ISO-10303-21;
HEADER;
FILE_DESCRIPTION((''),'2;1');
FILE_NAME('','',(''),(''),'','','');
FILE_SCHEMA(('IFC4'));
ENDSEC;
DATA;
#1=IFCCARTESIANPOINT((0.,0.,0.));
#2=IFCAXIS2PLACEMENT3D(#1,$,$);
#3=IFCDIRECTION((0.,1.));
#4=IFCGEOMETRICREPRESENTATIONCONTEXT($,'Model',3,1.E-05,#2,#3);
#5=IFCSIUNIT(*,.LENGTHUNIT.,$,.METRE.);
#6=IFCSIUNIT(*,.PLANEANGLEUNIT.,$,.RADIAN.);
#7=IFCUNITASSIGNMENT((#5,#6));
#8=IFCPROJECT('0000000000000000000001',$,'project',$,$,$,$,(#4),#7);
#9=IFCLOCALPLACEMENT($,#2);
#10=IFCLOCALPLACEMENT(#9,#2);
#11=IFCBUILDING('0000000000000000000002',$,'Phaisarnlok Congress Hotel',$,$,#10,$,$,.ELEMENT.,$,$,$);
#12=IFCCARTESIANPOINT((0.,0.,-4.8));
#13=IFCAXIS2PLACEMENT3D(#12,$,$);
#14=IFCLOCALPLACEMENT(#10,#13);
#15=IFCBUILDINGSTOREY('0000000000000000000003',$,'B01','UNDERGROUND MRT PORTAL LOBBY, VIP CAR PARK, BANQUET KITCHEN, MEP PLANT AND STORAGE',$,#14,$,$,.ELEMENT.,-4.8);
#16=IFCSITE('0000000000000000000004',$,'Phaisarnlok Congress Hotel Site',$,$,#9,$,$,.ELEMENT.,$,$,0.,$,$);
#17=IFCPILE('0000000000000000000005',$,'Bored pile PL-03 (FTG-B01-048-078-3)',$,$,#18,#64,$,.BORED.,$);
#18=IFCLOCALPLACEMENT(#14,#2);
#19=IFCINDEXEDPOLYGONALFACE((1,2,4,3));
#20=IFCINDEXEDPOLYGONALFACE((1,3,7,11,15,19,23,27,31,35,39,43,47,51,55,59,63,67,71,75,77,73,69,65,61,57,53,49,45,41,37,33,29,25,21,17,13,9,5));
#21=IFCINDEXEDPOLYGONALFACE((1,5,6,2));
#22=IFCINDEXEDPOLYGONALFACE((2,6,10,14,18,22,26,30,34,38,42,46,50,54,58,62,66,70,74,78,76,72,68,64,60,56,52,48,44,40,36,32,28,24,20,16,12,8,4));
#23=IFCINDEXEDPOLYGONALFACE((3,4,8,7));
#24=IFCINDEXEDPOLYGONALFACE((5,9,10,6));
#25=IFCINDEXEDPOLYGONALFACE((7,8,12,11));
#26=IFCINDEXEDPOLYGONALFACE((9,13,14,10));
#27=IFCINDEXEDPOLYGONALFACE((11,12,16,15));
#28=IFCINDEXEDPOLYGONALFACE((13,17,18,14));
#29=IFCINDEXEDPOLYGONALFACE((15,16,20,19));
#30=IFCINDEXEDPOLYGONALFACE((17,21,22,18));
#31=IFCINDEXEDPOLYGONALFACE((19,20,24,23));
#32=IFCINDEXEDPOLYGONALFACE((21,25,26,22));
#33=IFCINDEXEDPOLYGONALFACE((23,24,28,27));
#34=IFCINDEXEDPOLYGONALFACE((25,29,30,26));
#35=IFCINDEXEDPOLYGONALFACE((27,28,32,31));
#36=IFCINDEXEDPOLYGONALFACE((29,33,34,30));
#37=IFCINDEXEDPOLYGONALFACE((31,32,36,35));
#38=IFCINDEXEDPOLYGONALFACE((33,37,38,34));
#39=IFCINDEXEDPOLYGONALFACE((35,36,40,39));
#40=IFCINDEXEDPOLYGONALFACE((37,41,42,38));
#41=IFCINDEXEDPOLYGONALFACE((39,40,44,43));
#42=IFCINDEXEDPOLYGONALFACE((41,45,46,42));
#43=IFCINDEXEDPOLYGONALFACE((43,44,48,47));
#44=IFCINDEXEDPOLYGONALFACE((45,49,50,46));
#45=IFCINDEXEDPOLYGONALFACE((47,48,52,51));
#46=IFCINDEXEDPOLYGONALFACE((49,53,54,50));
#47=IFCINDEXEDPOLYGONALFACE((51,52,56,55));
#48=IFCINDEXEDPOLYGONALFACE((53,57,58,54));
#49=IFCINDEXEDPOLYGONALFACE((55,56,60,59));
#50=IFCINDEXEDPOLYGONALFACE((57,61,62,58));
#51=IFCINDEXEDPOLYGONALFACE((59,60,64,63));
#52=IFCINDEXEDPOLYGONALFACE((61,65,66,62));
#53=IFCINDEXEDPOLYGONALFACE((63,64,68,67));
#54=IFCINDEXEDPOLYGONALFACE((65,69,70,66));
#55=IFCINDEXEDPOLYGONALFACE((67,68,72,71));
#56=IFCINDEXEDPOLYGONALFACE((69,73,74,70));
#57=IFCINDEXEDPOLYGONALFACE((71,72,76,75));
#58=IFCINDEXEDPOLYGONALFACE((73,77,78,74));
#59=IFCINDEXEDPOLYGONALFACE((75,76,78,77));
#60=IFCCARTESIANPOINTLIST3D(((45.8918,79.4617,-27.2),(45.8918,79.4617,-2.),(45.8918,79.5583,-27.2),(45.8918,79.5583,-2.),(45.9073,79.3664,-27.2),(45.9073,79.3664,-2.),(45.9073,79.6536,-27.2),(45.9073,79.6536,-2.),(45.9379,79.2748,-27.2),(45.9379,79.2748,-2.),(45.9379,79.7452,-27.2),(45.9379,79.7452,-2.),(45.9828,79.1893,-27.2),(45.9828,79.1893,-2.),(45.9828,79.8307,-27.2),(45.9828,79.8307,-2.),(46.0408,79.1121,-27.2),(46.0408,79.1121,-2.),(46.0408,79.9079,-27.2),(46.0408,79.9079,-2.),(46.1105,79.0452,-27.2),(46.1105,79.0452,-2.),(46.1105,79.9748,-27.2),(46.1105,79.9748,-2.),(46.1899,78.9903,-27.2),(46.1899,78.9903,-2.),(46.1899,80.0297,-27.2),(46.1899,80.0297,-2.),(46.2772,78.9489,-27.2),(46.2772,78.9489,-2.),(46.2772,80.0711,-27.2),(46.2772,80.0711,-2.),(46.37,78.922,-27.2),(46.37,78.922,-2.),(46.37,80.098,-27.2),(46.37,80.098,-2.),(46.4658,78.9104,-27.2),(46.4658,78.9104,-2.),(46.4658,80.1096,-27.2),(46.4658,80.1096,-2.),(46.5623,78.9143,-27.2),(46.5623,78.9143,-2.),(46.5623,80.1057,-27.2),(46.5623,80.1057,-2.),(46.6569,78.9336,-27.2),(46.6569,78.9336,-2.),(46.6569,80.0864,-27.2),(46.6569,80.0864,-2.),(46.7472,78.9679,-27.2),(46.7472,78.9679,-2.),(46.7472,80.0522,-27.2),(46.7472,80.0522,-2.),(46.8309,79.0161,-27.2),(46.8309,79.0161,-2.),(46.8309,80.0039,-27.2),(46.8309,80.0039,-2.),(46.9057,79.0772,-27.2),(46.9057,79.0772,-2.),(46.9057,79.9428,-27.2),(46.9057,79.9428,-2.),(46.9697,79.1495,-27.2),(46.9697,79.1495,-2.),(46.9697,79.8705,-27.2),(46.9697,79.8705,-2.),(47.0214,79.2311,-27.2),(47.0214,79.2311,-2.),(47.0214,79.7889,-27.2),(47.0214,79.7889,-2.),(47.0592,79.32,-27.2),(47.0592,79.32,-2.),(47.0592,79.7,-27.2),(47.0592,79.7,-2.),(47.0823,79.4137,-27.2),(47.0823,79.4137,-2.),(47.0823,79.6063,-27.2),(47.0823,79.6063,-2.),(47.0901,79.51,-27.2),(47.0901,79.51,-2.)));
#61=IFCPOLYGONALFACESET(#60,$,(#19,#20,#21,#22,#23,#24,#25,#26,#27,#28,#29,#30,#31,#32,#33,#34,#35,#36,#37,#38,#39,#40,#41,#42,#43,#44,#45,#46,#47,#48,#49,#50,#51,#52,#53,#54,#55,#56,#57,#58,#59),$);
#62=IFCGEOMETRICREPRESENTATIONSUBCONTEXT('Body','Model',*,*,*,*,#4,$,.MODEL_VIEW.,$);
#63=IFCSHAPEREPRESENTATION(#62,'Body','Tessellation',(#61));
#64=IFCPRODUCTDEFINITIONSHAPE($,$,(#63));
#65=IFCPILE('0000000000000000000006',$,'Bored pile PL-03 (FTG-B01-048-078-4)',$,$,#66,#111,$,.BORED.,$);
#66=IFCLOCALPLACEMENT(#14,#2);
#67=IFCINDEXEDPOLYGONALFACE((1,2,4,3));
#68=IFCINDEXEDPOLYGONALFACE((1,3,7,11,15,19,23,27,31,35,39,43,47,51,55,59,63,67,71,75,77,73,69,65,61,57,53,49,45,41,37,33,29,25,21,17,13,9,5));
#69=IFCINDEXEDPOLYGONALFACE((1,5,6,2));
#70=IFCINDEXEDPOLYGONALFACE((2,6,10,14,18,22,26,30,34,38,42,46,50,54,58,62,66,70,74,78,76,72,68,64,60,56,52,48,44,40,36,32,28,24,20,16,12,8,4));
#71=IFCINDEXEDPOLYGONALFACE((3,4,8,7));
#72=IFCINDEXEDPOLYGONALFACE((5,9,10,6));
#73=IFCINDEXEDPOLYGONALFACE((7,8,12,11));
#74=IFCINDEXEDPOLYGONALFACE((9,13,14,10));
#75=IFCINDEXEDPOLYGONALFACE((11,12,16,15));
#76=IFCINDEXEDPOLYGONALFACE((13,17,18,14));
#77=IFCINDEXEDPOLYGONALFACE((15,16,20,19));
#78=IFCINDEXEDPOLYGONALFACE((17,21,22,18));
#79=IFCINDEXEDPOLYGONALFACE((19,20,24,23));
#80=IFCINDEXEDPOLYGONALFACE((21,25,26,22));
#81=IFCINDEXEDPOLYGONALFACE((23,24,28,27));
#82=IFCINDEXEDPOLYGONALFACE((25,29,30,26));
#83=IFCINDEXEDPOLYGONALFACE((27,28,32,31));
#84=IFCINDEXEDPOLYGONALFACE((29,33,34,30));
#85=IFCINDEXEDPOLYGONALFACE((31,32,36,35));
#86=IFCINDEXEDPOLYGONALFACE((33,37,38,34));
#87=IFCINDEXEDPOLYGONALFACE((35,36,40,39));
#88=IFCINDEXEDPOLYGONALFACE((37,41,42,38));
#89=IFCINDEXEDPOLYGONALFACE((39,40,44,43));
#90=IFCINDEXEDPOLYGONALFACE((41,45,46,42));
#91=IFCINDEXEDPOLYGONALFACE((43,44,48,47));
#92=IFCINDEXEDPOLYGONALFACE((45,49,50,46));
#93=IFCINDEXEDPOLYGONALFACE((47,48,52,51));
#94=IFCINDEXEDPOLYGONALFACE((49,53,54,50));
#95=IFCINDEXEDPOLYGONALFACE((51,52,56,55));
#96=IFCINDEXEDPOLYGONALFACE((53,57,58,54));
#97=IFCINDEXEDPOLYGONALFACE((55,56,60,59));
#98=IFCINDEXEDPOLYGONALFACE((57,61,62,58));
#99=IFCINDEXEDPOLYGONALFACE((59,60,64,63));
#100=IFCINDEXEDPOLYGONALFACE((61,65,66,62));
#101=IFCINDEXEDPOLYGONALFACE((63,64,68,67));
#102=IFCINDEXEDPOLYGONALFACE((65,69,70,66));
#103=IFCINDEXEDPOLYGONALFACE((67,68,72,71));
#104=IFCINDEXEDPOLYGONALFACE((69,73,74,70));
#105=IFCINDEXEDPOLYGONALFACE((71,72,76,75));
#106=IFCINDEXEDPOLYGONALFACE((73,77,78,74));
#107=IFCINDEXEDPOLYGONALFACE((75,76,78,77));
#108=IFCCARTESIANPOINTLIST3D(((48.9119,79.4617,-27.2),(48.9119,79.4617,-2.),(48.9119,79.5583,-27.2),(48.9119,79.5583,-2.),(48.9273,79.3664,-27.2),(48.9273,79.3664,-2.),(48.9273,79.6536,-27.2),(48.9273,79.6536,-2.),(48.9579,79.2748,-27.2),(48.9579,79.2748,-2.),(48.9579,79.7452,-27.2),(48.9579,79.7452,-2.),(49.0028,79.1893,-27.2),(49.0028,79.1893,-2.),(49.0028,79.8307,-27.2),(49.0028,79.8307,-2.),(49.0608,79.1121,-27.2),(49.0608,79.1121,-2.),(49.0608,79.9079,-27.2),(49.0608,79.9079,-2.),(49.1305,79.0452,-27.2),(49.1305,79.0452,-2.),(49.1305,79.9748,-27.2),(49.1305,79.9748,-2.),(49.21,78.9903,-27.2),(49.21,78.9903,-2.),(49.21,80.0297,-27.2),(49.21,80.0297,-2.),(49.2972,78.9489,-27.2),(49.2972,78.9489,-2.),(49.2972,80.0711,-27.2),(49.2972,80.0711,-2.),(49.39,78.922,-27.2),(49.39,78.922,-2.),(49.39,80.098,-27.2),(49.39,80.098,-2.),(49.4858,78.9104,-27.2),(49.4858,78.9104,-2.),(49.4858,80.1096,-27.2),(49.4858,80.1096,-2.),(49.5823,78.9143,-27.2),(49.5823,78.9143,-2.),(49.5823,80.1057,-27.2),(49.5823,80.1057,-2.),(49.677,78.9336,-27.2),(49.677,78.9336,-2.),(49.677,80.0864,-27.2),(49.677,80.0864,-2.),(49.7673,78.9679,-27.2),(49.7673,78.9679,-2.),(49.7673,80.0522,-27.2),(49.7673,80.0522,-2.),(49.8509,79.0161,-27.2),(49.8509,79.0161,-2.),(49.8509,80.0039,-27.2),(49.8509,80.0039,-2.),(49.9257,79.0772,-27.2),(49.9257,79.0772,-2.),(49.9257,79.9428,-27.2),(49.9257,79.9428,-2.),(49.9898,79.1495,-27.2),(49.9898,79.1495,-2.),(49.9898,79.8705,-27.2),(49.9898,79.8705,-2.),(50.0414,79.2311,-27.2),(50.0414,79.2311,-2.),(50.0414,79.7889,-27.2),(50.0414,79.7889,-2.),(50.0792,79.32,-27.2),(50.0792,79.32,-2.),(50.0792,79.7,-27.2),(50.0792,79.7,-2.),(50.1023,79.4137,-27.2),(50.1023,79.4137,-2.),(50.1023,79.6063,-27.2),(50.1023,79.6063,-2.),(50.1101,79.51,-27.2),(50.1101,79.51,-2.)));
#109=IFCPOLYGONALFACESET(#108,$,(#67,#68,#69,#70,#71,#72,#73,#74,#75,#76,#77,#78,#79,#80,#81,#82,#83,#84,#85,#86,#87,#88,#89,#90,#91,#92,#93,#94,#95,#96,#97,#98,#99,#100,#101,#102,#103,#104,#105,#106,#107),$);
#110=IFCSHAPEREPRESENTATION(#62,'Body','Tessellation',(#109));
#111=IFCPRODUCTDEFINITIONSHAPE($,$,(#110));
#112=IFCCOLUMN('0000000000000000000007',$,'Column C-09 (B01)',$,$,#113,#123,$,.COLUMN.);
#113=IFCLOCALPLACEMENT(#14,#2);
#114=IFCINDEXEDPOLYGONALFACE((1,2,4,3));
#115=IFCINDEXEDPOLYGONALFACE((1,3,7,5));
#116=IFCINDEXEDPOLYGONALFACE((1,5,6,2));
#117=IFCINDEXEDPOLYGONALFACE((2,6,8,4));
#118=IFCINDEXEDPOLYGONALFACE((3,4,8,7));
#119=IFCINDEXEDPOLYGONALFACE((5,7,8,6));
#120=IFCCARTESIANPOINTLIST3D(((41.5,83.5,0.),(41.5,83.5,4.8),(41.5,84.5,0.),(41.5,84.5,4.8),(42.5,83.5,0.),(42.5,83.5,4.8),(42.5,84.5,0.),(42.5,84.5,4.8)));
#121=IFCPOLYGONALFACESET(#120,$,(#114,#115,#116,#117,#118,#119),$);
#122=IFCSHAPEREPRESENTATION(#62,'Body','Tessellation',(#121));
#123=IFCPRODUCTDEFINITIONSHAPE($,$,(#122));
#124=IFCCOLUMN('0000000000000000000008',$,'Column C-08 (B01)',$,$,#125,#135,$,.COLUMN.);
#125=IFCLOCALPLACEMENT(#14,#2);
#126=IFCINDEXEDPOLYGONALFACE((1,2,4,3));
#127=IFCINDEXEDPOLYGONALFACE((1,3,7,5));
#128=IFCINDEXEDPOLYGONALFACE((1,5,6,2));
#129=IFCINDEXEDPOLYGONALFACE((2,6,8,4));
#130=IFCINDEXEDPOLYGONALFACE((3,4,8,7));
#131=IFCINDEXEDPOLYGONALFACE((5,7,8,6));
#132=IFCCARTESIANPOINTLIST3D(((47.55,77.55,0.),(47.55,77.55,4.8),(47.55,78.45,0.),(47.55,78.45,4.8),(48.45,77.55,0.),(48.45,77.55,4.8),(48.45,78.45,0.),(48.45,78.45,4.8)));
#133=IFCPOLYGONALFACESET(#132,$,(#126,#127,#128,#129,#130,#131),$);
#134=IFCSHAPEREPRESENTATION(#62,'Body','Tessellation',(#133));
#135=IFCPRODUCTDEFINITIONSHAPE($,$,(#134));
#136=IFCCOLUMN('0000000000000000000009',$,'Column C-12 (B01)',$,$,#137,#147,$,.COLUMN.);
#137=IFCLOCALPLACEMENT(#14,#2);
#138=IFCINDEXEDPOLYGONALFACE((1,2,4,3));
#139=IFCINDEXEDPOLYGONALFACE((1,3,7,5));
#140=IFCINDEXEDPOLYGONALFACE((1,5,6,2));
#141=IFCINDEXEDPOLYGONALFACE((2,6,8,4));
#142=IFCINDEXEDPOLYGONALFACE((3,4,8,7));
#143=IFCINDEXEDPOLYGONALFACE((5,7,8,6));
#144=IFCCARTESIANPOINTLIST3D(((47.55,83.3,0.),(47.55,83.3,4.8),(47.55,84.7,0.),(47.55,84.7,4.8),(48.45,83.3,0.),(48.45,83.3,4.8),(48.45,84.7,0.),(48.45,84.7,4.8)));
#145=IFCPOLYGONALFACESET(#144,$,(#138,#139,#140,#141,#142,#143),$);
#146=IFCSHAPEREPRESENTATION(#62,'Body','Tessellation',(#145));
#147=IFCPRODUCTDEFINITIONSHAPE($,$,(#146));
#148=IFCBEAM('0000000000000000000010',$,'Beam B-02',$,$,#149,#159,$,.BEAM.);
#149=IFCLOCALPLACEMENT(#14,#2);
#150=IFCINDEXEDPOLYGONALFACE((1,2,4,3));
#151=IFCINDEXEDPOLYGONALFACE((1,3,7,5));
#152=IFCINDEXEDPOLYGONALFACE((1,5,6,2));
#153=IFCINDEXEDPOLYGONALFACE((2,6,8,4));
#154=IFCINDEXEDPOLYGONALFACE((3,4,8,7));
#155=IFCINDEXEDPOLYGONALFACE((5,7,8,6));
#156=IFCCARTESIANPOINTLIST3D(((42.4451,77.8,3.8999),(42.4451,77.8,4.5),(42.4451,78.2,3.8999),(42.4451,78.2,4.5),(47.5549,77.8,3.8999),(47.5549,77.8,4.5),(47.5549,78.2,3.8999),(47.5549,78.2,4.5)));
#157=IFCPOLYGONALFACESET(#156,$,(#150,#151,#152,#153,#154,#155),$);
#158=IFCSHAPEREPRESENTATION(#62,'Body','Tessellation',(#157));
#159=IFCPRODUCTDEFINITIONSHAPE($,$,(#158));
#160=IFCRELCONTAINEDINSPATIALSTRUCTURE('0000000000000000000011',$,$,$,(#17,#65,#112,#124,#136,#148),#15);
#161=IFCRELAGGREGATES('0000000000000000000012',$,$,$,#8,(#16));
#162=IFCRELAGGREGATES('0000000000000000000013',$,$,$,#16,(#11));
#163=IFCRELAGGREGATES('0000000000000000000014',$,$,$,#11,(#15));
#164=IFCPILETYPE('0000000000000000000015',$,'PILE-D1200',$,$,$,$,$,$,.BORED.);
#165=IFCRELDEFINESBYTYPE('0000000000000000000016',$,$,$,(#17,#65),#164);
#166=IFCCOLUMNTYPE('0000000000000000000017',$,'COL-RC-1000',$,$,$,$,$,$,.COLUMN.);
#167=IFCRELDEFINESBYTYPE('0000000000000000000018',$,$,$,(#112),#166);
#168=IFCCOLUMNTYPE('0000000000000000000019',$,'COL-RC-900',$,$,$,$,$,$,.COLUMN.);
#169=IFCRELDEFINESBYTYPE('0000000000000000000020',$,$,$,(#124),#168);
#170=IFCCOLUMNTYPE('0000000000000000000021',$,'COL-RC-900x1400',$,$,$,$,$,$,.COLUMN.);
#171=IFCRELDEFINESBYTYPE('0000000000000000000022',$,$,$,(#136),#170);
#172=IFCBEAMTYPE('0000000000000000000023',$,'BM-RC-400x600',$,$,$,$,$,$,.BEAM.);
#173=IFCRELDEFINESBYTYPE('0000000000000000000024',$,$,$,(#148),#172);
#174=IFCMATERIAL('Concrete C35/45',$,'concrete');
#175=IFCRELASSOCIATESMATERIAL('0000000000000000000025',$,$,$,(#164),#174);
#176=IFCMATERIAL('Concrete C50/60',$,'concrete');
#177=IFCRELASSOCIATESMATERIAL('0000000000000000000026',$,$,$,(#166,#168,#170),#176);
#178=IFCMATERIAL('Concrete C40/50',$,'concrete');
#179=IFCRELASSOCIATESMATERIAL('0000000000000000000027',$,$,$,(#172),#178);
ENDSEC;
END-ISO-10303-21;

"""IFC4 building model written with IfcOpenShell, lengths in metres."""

from ifc_helpers import new_model, si_unit, direction, frame, origin, origin_2d, place, context, subcontext, project, spatial, rectangle, circle, extrude, material, material_profile, profile_set, type_object, element, save


model = new_model("IFC4")

# Units and contexts
model_context = context("Model", 3, precision=1e-05, world=origin(), true_north=direction((0.0, 1.0)))
body_context = subcontext(model_context, "Body", "Model", "MODEL_VIEW")
ifc_project = project(units=[si_unit("LENGTHUNIT", "METRE"), si_unit("PLANEANGLEUNIT", "RADIAN")], contexts=[model_context])

# Site, building, storey
site_placement = place(None, origin())
site = spatial("IfcSite", under=ifc_project, at=site_placement, Name="Phaisarnlok Congress Hotel Site", CompositionType="ELEMENT", RefElevation=0.0)
building_placement = place(site_placement, origin())
building = spatial("IfcBuilding", under=site, at=building_placement, Name="Phaisarnlok Congress Hotel", CompositionType="ELEMENT")
storey_placement = place(building_placement, frame((0.0, 0.0, -4.8)))
storey = spatial("IfcBuildingStorey", under=building, at=storey_placement, Name="B01", Description="UNDERGROUND MRT PORTAL LOBBY, VIP CAR PARK, BANQUET KITCHEN, MEP PLANT AND STORAGE", CompositionType="ELEMENT", Elevation=-4.8)

# Shared definitions
ifc_material_1 = material(Name="Concrete C40/50", Category="concrete")

# Piles
ifc_material_2 = material(Name="Concrete C35/45", Category="concrete")
ifc_material_profile_1 = material_profile(ifc_material_2, circle(Radius=0.6001, at=origin_2d()), Name="BORED PILE D1200")
ifc_profile_set_1 = profile_set([ifc_material_profile_1], Name="Concrete C35/45")
pile_type_1 = type_object("IfcPileType", Name="PILE-D1200", PredefinedType="BORED", material=ifc_profile_set_1)
for number, where, z_axis, x_axis, name in (
    (1, (46.49, 79.51, -2.0), (0.0, 0.0, -1.0), (1.0, 0.0, 0.0), "Bored pile PL-03 (FTG-B01-048-078-3)"),
    (2, (49.51, 79.51, -2.0), (0.0, 0.0, -1.0), (1.0, 0.0, 0.0), "Bored pile PL-03 (FTG-B01-048-078-4)"),
):
    element("IfcPile", number, at=place(storey_placement, frame(where, z_axis=z_axis, x_axis=x_axis)), inside=storey, type_object=pile_type_1, Name=name, PredefinedType="BORED", context=body_context, shape_type="SweptSolid", body=[
        extrude(circle(Radius=0.6001, at=origin_2d()), origin(), (0.0, 0.0, 1.0), 25.2),
    ])

# Columns
ifc_material_3 = material(Name="Concrete C50/60", Category="concrete")
ifc_material_profile_2 = material_profile(ifc_material_3, rectangle(XDim=1.0, YDim=1.0, at=origin_2d()), Name="RC 1000x1000")
ifc_profile_set_2 = profile_set([ifc_material_profile_2], Name="Concrete C50/60")
column_type_1 = type_object("IfcColumnType", Name="COL-RC-1000", PredefinedType="COLUMN", material=ifc_profile_set_2)
column_1_placement = place(storey_placement, frame((42.0, 84.0, 0.0), z_axis=(0.0, 0.0, 1.0), x_axis=(1.0, 0.0, 0.0)))
element("IfcColumn", 3, at=column_1_placement, inside=storey, type_object=column_type_1, Name="Column C-09 (B01)", PredefinedType="COLUMN", context=body_context, shape_type="SweptSolid", body=[
    extrude(rectangle(XDim=1.0, YDim=1.0, at=origin_2d()), origin(), (0.0, 0.0, 1.0), 4.8),
])
ifc_material_profile_3 = material_profile(ifc_material_3, rectangle(XDim=0.8999, YDim=0.8999, at=origin_2d()), Name="RC 900x900")
ifc_profile_set_3 = profile_set([ifc_material_profile_3], Name="Concrete C50/60")
column_type_2 = type_object("IfcColumnType", Name="COL-RC-900", PredefinedType="COLUMN", material=ifc_profile_set_3)
column_2_placement = place(storey_placement, frame((48.0, 78.0, 0.0), z_axis=(0.0, 0.0, 1.0), x_axis=(1.0, 0.0, 0.0)))
element("IfcColumn", 4, at=column_2_placement, inside=storey, type_object=column_type_2, Name="Column C-08 (B01)", PredefinedType="COLUMN", context=body_context, shape_type="SweptSolid", body=[
    extrude(rectangle(XDim=0.8999, YDim=0.8999, at=origin_2d()), origin(), (0.0, 0.0, 1.0), 4.8),
])
ifc_material_profile_4 = material_profile(ifc_material_3, rectangle(XDim=0.8999, YDim=1.3999, at=origin_2d()), Name="RC 900x1400")
ifc_profile_set_4 = profile_set([ifc_material_profile_4], Name="Concrete C50/60")
column_type_3 = type_object("IfcColumnType", Name="COL-RC-900x1400", PredefinedType="COLUMN", material=ifc_profile_set_4)
column_3_placement = place(storey_placement, frame((48.0, 84.0, 0.0), z_axis=(0.0, 0.0, 1.0), x_axis=(1.0, 0.0, 0.0)))
element("IfcColumn", 5, at=column_3_placement, inside=storey, type_object=column_type_3, Name="Column C-12 (B01)", PredefinedType="COLUMN", context=body_context, shape_type="SweptSolid", body=[
    extrude(rectangle(XDim=0.8999, YDim=1.3999, at=origin_2d()), origin(), (0.0, 0.0, 1.0), 4.8),
])

# Beam
ifc_material_profile_5 = material_profile(ifc_material_1, rectangle(XDim=0.3999, YDim=0.6001, at=origin_2d()), Name="RC 400x600")
ifc_profile_set_5 = profile_set([ifc_material_profile_5], Name="Concrete C40/50")
beam_type_1 = type_object("IfcBeamType", Name="BM-RC-400x600", PredefinedType="BEAM", material=ifc_profile_set_5)
beam_1_placement = place(storey_placement, frame((42.4451, 78.0, 4.2), z_axis=(1.0, 0.0, 0.0), x_axis=(0.0, 1.0, 0.0)))
element("IfcBeam", 6, at=beam_1_placement, inside=storey, type_object=beam_type_1, Name="Beam B-02", PredefinedType="BEAM", context=body_context, shape_type="SweptSolid", body=[
    extrude(rectangle(XDim=0.3999, YDim=0.6001, at=origin_2d()), origin(), (0.0, 0.0, 1.0), 5.1099),
])

save(model, "model.ifc")
